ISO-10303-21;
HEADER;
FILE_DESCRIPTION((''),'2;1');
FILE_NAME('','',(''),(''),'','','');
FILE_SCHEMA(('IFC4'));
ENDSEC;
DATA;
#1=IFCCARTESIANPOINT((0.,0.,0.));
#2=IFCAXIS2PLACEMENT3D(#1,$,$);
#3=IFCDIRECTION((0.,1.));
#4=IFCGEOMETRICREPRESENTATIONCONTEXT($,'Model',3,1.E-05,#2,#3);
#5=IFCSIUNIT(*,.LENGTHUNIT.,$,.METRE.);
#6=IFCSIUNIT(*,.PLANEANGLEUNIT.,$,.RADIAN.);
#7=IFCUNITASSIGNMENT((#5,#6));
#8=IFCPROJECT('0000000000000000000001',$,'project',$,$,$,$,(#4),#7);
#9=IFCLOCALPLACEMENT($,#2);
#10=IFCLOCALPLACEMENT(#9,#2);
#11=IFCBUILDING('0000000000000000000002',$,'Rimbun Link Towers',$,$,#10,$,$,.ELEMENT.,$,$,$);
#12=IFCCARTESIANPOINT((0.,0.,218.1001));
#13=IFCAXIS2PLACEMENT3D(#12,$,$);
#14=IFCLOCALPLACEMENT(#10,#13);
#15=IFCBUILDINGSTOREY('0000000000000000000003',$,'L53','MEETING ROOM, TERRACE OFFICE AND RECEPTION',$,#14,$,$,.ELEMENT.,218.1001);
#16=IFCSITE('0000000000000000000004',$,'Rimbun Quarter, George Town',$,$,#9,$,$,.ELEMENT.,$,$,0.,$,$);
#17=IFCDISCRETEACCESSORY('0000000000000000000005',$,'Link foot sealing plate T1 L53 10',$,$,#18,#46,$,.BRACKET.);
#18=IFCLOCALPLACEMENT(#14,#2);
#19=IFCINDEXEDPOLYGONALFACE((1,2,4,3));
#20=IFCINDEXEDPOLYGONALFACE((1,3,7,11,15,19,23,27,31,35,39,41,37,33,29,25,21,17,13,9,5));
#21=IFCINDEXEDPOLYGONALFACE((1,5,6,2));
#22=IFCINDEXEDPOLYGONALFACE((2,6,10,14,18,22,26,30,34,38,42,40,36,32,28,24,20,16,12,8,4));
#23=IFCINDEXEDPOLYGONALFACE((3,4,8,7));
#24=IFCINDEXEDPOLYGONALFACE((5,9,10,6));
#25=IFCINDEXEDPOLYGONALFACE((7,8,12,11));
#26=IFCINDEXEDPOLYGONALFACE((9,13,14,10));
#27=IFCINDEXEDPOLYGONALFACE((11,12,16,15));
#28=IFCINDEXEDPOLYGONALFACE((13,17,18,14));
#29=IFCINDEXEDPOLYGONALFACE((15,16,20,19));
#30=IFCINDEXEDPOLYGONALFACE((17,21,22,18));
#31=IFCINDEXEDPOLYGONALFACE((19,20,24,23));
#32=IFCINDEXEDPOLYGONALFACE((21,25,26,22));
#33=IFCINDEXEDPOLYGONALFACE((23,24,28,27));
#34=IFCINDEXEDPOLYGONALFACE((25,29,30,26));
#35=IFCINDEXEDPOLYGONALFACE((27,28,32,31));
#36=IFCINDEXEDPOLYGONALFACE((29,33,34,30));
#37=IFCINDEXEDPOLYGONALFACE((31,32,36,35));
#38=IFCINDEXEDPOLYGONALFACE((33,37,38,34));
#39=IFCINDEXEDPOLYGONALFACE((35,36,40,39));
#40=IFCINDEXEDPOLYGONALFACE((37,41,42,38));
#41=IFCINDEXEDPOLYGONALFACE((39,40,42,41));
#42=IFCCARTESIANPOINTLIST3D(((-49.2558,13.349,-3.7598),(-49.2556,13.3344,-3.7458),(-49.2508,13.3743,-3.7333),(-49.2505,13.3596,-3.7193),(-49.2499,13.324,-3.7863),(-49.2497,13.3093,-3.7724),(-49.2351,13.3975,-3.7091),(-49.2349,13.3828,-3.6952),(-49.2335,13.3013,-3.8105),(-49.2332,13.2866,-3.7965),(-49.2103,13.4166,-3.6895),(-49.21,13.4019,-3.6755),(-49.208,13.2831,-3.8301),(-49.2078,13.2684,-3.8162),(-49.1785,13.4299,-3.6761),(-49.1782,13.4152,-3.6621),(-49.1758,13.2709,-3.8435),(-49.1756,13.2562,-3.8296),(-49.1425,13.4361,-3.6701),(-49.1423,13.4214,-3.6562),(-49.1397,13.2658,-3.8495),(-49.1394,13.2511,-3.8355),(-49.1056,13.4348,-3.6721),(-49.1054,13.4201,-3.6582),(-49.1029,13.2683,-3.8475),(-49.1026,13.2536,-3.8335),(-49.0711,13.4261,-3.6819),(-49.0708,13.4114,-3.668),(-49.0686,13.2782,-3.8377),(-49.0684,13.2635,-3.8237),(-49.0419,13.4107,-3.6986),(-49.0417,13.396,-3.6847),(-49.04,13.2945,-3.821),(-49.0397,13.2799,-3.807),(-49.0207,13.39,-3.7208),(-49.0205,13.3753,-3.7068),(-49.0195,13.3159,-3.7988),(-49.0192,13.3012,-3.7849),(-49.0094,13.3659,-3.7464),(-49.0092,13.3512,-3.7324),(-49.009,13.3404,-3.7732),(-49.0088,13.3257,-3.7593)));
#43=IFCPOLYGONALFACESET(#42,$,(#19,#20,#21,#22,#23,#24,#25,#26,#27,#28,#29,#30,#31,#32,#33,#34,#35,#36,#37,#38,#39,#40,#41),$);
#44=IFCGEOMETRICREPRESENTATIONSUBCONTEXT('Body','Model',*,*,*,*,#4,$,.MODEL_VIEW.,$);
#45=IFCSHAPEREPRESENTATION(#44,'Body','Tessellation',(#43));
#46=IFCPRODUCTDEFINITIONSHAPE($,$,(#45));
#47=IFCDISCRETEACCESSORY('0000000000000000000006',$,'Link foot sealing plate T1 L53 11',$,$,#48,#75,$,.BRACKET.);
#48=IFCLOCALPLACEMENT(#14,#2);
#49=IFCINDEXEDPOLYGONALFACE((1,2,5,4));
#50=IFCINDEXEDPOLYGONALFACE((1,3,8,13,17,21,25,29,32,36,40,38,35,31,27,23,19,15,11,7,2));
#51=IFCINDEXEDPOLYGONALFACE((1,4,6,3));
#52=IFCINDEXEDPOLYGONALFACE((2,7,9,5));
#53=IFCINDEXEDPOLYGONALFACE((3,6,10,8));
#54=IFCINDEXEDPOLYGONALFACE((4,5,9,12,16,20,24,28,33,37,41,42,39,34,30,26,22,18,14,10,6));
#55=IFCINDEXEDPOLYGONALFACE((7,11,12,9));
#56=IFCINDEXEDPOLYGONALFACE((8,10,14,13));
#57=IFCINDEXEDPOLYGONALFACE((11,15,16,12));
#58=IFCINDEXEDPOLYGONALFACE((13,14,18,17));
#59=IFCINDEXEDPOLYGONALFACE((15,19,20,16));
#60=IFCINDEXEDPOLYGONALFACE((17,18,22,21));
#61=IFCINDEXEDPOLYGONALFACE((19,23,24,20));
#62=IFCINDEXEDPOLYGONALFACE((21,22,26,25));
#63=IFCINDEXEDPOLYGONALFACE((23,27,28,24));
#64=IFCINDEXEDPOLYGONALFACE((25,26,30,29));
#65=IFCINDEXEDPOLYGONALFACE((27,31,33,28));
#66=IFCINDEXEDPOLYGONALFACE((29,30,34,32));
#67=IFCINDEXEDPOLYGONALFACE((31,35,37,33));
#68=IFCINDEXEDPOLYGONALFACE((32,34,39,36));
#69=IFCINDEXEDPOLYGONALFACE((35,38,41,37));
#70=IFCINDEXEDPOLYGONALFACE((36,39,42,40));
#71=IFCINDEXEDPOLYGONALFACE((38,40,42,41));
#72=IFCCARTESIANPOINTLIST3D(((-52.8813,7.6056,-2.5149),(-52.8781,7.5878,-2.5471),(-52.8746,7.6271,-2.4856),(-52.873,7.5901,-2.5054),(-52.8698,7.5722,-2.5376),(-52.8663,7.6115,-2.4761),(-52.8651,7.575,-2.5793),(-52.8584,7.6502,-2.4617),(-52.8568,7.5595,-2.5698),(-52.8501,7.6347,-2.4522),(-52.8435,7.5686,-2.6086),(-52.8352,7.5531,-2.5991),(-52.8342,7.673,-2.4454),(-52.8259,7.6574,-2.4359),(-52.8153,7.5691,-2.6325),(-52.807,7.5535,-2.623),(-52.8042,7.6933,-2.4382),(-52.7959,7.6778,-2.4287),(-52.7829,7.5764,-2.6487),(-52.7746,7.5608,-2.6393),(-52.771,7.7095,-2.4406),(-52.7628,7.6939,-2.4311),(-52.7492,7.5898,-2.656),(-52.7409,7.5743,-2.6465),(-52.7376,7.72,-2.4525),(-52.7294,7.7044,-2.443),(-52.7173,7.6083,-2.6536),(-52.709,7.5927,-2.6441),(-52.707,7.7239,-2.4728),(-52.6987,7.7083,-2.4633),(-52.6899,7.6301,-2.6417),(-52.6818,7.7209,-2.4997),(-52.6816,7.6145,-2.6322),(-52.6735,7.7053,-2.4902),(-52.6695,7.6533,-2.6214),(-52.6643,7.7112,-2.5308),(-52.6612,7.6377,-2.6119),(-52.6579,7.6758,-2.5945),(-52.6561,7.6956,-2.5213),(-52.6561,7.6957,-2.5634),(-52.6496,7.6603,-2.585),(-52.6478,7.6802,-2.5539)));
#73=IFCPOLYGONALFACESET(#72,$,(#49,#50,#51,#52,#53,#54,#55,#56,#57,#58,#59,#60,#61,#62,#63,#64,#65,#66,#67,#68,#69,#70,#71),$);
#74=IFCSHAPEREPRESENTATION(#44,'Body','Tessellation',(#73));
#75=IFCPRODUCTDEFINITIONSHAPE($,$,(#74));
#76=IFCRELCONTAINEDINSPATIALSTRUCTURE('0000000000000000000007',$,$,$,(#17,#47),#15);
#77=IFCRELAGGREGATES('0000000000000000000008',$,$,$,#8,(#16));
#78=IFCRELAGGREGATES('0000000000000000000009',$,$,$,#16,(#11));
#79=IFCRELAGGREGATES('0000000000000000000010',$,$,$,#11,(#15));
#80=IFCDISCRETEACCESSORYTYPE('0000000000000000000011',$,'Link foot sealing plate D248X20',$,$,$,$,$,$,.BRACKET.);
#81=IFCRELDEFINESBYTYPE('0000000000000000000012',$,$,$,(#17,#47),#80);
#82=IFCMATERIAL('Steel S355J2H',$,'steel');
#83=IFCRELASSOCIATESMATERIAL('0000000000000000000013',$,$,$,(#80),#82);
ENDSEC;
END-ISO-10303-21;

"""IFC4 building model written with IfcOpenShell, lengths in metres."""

from ifc_helpers import new_model, si_unit, direction, frame, origin, origin_2d, place, context, subcontext, project, spatial, circle, extrude, material, material_profile, profile_set, type_object, element, save


model = new_model("IFC4")

# Units and contexts
model_context = context("Model", 3, precision=1e-05, world=origin(), true_north=direction((0.0, 1.0)))
body_context = subcontext(model_context, "Body", "Model", "MODEL_VIEW")
ifc_project = project(units=[si_unit("LENGTHUNIT", "METRE"), si_unit("PLANEANGLEUNIT", "RADIAN")], contexts=[model_context])

# Site, building, storey
site_placement = place(None, origin())
site = spatial("IfcSite", under=ifc_project, at=site_placement, Name="Rimbun Quarter, George Town", CompositionType="ELEMENT", RefElevation=0.0)
building_placement = place(site_placement, origin())
building = spatial("IfcBuilding", under=site, at=building_placement, Name="Rimbun Link Towers", CompositionType="ELEMENT")
storey_placement = place(building_placement, frame((0.0, 0.0, 218.1001)))
storey = spatial("IfcBuildingStorey", under=building, at=storey_placement, Name="L53", Description="MEETING ROOM, TERRACE OFFICE AND RECEPTION", CompositionType="ELEMENT", Elevation=218.1001)

# Discrete accessories
ifc_material_1 = material(Name="Steel S355J2H", Category="steel")
ifc_material_profile_1 = material_profile(ifc_material_1, circle(Radius=0.124, at=origin_2d()), Name="PL D248")
ifc_profile_set_1 = profile_set([ifc_material_profile_1], Name="Steel S355J2H")
discrete_accessory_type = type_object("IfcDiscreteAccessoryType", Name="Link foot sealing plate D248X20", PredefinedType="BRACKET", material=ifc_profile_set_1)
discrete_accessory_1_placement = place(storey_placement, frame((-49.1316, 13.3364, -3.7458), z_axis=(-0.012082, 0.724947, -0.688699), x_axis=(-0.999861, -0.016664, 0.0)))
element("IfcDiscreteAccessory", 1, at=discrete_accessory_1_placement, inside=storey, type_object=discrete_accessory_type, Name="Link foot sealing plate T1 L53 10", PredefinedType="BRACKET", context=body_context, shape_type="SweptSolid", body=[
    extrude(circle(Radius=0.124, at=origin_2d()), origin(), (0.0, 0.0, 1.0), 0.0203),
])
discrete_accessory_2_placement = place(storey_placement, frame((-52.7603, 7.6304, -2.5376), z_axis=(-0.413132, 0.777659, -0.473886), x_axis=(-0.883116, -0.469155, 0.0)))
element("IfcDiscreteAccessory", 2, at=discrete_accessory_2_placement, inside=storey, type_object=discrete_accessory_type, Name="Link foot sealing plate T1 L53 11", PredefinedType="BRACKET", context=body_context, shape_type="SweptSolid", body=[
    extrude(circle(Radius=0.124, at=origin_2d()), origin(), (0.0, 0.0, 1.0), 0.02),
])

save(model, "model.ifc")
